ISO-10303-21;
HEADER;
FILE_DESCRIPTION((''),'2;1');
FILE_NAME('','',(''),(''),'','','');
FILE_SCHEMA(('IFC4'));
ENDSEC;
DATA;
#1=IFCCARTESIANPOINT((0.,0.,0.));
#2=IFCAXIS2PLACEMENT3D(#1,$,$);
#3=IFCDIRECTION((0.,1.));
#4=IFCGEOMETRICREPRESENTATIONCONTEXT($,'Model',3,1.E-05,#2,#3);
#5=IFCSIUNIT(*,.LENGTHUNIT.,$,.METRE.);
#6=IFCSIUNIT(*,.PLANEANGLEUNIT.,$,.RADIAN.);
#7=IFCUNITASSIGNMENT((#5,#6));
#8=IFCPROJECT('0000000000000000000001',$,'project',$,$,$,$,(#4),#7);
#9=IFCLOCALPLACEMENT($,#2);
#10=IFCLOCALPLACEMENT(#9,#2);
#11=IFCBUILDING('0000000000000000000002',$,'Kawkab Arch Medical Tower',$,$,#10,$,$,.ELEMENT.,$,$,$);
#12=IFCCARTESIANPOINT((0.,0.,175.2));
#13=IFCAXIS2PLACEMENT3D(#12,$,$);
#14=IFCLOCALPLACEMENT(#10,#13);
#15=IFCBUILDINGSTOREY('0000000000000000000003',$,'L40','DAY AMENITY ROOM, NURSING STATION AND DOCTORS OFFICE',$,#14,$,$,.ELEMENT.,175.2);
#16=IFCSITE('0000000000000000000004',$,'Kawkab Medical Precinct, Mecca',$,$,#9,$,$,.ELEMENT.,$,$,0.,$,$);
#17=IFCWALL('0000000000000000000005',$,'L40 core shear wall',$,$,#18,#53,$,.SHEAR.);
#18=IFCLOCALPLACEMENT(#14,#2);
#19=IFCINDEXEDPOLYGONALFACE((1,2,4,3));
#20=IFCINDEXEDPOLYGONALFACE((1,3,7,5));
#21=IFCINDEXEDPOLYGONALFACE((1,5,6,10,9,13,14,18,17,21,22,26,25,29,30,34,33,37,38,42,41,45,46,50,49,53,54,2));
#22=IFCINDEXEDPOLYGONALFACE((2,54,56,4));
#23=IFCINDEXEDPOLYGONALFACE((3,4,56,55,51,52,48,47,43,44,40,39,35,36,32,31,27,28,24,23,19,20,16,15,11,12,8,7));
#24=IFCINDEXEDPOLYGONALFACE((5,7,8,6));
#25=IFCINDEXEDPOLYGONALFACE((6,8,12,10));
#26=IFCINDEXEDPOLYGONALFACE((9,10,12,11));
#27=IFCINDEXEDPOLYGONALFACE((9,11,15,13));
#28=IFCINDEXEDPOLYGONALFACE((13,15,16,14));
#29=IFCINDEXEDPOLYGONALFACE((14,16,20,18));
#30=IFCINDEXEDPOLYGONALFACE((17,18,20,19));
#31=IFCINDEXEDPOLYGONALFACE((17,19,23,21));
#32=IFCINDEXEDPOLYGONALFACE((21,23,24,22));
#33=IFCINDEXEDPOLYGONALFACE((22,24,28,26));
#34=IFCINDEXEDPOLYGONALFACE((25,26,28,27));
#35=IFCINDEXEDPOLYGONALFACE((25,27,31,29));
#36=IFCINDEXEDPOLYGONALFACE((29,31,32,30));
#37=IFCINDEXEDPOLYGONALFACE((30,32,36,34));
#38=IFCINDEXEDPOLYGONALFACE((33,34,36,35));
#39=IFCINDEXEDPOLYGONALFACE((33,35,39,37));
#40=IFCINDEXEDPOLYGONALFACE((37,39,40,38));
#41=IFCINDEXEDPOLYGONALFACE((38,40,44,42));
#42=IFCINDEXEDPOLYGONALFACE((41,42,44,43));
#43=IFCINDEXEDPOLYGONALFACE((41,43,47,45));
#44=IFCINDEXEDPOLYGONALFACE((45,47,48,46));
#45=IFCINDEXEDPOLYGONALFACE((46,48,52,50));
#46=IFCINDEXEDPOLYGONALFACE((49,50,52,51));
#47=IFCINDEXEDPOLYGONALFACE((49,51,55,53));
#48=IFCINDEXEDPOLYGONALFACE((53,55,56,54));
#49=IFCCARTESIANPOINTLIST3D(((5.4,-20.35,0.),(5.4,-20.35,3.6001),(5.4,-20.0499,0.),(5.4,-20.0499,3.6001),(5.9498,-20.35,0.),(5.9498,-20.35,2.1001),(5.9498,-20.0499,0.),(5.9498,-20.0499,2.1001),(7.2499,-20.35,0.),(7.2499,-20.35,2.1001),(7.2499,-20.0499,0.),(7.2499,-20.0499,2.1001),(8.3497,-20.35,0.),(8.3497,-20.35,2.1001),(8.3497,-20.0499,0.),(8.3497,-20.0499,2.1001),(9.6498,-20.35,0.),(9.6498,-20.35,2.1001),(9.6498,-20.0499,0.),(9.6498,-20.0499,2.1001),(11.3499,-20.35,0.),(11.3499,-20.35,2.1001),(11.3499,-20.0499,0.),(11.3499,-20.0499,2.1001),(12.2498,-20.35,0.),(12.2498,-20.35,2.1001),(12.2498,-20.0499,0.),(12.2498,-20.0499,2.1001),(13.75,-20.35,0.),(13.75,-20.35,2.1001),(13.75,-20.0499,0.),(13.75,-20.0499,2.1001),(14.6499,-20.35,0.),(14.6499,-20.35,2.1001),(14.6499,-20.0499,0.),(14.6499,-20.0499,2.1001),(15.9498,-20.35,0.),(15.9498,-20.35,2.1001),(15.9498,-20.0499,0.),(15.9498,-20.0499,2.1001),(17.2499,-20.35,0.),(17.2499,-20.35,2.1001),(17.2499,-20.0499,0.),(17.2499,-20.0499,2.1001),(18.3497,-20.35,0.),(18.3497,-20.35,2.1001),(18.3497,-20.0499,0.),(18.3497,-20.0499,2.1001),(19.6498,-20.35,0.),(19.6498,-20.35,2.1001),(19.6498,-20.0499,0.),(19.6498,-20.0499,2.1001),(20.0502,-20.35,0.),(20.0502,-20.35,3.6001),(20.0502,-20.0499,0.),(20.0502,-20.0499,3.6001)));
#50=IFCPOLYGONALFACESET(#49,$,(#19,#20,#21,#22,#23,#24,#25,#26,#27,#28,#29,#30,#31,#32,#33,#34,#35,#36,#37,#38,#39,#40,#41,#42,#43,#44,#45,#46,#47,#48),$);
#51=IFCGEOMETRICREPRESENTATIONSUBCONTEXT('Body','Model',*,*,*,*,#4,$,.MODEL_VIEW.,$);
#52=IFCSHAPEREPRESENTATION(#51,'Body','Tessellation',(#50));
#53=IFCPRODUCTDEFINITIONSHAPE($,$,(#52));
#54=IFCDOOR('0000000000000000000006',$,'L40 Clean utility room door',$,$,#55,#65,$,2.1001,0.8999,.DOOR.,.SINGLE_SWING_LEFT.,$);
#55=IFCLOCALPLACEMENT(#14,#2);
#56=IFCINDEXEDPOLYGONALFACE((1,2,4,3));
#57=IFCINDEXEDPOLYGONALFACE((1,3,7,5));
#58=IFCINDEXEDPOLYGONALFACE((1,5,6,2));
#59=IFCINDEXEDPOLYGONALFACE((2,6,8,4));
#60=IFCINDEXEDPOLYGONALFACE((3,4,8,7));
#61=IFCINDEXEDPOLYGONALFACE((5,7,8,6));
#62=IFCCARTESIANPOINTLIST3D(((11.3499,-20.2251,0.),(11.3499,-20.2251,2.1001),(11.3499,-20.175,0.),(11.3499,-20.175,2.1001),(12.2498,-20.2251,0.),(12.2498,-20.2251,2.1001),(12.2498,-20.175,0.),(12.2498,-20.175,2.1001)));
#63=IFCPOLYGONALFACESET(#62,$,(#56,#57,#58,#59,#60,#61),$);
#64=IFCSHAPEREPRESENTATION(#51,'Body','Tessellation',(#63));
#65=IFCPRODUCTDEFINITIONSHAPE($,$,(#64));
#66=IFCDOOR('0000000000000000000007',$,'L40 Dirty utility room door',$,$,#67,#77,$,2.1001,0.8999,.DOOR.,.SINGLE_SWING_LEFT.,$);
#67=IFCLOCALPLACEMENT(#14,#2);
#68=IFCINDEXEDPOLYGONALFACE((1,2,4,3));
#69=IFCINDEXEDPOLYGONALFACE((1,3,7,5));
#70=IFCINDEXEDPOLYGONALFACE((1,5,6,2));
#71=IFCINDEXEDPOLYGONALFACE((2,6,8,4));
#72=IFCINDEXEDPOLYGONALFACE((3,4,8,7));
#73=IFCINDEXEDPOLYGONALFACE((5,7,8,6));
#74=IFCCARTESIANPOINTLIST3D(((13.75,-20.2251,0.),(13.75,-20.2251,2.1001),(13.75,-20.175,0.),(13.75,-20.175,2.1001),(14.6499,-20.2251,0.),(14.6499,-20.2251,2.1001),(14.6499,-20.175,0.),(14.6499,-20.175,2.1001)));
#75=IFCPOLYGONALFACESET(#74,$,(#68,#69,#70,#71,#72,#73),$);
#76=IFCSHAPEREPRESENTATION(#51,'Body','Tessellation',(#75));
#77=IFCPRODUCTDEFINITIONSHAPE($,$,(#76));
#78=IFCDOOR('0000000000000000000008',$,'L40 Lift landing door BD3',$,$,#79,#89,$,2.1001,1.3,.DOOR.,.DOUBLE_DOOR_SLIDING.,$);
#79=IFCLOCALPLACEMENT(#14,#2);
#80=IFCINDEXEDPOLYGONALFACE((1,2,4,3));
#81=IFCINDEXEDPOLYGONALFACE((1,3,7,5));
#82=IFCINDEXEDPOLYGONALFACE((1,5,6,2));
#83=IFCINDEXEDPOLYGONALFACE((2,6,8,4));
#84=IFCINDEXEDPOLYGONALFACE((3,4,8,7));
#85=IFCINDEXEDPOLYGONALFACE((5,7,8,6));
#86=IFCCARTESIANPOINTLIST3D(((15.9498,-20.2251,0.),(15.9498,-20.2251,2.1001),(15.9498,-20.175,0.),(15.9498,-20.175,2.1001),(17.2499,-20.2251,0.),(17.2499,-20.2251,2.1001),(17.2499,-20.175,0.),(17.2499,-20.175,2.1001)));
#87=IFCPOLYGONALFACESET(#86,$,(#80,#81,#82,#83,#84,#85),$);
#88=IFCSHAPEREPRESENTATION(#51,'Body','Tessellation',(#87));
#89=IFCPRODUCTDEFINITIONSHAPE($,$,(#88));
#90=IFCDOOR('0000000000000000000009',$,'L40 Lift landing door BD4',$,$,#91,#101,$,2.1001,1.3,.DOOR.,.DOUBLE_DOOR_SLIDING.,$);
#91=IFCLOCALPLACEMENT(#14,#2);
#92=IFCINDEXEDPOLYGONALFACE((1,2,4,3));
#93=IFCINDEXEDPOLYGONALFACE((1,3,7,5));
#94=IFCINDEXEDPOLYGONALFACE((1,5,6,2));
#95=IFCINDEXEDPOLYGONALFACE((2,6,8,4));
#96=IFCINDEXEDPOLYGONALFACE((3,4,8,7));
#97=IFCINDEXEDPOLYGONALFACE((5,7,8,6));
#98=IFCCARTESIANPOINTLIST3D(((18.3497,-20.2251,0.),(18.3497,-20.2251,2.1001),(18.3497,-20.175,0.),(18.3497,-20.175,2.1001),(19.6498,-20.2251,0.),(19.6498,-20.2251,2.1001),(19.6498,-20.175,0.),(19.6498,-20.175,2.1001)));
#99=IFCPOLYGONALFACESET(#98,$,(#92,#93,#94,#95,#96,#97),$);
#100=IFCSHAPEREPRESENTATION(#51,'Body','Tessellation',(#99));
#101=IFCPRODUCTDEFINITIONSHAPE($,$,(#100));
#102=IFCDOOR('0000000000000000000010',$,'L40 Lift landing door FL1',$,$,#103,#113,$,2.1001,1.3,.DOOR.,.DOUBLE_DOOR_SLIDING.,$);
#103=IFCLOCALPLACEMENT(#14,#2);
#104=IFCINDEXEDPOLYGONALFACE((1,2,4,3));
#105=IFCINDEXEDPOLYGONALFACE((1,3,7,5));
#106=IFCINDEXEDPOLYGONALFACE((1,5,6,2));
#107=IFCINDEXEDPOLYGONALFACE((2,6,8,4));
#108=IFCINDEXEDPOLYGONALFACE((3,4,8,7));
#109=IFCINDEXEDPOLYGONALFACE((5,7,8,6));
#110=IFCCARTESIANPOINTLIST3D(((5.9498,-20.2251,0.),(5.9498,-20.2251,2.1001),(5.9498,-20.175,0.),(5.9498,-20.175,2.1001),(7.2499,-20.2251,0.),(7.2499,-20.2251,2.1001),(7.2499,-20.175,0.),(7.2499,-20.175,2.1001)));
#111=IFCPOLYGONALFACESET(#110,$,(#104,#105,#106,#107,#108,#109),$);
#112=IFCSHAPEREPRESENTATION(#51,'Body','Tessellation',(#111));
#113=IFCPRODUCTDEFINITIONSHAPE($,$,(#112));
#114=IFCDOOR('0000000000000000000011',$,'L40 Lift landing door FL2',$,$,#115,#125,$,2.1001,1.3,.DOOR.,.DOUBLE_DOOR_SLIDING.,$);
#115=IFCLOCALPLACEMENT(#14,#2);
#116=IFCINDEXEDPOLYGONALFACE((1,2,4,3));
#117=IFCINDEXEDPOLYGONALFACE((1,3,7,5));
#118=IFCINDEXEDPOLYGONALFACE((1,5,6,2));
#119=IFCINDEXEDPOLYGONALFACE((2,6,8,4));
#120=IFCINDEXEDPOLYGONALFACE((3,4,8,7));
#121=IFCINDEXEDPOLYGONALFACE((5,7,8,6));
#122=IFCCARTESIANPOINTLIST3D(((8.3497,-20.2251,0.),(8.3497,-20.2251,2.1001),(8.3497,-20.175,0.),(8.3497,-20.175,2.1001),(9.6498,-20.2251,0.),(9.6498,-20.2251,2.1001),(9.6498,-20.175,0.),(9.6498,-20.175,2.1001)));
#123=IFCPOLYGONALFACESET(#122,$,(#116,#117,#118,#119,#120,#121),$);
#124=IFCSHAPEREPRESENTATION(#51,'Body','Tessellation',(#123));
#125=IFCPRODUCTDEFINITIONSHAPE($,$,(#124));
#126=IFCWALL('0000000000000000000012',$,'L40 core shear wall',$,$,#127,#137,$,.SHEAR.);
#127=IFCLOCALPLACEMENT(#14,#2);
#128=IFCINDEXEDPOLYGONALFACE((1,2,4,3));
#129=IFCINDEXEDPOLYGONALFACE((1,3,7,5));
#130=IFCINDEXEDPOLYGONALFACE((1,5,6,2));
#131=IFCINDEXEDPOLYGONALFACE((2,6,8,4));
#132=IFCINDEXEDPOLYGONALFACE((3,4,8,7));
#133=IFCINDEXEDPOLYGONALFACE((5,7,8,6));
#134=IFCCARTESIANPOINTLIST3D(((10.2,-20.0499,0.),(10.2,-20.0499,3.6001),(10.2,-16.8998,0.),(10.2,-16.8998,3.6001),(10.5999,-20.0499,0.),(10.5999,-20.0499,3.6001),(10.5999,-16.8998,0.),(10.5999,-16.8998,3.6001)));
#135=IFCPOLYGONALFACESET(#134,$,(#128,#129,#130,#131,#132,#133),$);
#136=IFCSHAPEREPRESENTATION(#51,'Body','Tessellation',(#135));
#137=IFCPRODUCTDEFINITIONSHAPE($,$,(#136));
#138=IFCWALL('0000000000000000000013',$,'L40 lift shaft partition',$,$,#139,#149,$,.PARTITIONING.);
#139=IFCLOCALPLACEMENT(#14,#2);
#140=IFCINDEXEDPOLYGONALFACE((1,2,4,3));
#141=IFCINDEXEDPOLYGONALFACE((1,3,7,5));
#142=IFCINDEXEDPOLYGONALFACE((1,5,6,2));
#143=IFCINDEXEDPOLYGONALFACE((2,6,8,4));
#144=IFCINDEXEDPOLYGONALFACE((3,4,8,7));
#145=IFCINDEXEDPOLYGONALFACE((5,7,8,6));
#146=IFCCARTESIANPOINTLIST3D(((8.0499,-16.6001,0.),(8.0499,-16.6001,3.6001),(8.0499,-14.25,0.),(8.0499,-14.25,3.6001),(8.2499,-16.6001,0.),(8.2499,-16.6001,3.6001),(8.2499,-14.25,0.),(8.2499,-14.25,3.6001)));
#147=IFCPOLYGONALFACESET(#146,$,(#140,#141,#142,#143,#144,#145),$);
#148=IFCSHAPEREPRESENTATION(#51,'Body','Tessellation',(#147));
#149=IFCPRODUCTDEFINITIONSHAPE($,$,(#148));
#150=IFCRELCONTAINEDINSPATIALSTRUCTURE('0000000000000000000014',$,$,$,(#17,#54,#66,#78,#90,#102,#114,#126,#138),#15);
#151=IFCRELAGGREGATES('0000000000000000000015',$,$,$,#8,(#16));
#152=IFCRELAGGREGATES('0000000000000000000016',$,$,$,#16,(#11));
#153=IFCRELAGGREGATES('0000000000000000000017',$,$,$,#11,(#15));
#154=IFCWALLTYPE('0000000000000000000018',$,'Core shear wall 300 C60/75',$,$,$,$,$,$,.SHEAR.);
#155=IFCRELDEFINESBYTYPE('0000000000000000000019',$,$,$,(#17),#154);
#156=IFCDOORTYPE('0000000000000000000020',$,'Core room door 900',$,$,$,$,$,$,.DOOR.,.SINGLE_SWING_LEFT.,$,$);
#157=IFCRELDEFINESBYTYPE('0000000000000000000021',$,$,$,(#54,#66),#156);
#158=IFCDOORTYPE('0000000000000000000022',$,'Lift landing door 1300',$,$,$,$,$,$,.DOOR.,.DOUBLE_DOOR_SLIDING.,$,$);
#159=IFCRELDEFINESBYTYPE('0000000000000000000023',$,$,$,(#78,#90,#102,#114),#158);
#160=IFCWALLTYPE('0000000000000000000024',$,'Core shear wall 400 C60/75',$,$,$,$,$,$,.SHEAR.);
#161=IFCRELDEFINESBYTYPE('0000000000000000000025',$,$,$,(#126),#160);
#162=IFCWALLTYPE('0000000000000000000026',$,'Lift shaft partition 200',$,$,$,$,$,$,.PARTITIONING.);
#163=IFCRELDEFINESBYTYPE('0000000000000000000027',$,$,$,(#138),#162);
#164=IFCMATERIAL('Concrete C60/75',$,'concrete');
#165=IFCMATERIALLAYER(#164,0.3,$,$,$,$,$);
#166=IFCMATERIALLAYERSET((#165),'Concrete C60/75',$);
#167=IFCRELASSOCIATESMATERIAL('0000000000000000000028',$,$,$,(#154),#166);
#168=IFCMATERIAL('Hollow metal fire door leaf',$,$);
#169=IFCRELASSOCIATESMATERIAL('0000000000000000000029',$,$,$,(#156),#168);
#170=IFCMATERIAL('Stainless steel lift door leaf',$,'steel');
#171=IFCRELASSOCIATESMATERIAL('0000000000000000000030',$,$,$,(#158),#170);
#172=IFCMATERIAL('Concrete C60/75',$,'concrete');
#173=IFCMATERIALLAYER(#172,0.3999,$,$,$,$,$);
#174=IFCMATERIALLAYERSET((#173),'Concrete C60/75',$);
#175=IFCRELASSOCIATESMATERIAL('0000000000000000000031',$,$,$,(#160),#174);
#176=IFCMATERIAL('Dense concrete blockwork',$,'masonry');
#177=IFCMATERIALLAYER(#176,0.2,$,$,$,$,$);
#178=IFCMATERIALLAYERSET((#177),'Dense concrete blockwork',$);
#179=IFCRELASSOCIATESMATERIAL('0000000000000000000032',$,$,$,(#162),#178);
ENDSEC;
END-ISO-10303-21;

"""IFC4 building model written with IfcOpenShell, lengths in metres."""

from ifc_helpers import new_model, si_unit, direction, frame, frame_2d, origin, place, context, subcontext, project, spatial, rectangle, extrude, material, layer, layer_set, type_object, element, fill, save


model = new_model("IFC4")

# Units and contexts
model_context = context("Model", 3, precision=1e-05, world=origin(), true_north=direction((0.0, 1.0)))
body_context = subcontext(model_context, "Body", "Model", "MODEL_VIEW")
ifc_project = project(units=[si_unit("LENGTHUNIT", "METRE"), si_unit("PLANEANGLEUNIT", "RADIAN")], contexts=[model_context])

# Site, building, storey
site_placement = place(None, origin())
site = spatial("IfcSite", under=ifc_project, at=site_placement, Name="Kawkab Medical Precinct, Mecca", CompositionType="ELEMENT", RefElevation=0.0)
building_placement = place(site_placement, origin())
building = spatial("IfcBuilding", under=site, at=building_placement, Name="Kawkab Arch Medical Tower", CompositionType="ELEMENT")
storey_placement = place(building_placement, frame((0.0, 0.0, 175.2)))
storey = spatial("IfcBuildingStorey", under=building, at=storey_placement, Name="L40", Description="DAY AMENITY ROOM, NURSING STATION AND DOCTORS OFFICE", CompositionType="ELEMENT", Elevation=175.2)

# Shared definitions
ifc_material_1 = material(Name="Concrete C60/75", Category="concrete")
ifc_layer_1 = layer(ifc_material_1, 0.3)
ifc_layer_set_1 = layer_set([ifc_layer_1], Name="Concrete C60/75")
wall_type_1 = type_object("IfcWallType", Name="Core shear wall 300 C60/75", PredefinedType="SHEAR", material=ifc_layer_set_1)

# Wall, openings, doors
wall_1_placement = place(storey_placement, frame((5.3999, -20.2, 0.0), z_axis=(0.0, 0.0, 1.0), x_axis=(1.0, 0.0, 0.0)))
wall_1 = element("IfcWall", 1, at=wall_1_placement, inside=storey, type_object=wall_type_1, Name="L40 core shear wall", PredefinedType="SHEAR", context=body_context, shape_type="SweptSolid", body=[
    extrude(rectangle(XDim=14.6501, YDim=0.3, at=frame_2d((7.3252, 0.0))), origin(), (0.0, 0.0, 1.0), 3.6001),
])
opening_1_placement = place(wall_1_placement, frame((10.55, 0.0, 0.0)))
opening_1 = element("IfcOpeningElement", 2, at=opening_1_placement, cuts=wall_1, PredefinedType="OPENING", context=body_context, shape_type="SweptSolid", body=[
    extrude(rectangle(XDim=1.3, YDim=2.1001, at=frame_2d((0.6499, 1.05))), frame((0.0, 0.1599, 0.0), z_axis=(0.0, -1.0, 0.0), x_axis=(1.0, 0.0, 0.0)), (0.0, 0.0, 1.0), 0.3201),
])
opening_2_placement = place(wall_1_placement, frame((12.95, 0.0, 0.0)))
opening_2 = element("IfcOpeningElement", 3, at=opening_2_placement, cuts=wall_1, PredefinedType="OPENING", context=body_context, shape_type="SweptSolid", body=[
    extrude(rectangle(XDim=1.3, YDim=2.1001, at=frame_2d((0.6499, 1.05))), frame((0.0, 0.1599, 0.0), z_axis=(0.0, -1.0, 0.0), x_axis=(1.0, 0.0, 0.0)), (0.0, 0.0, 1.0), 0.3201),
])
opening_3_placement = place(wall_1_placement, frame((0.55, 0.0, 0.0)))
opening_3 = element("IfcOpeningElement", 4, at=opening_3_placement, cuts=wall_1, PredefinedType="OPENING", context=body_context, shape_type="SweptSolid", body=[
    extrude(rectangle(XDim=1.3, YDim=2.1001, at=frame_2d((0.6499, 1.05))), frame((0.0, 0.1599, 0.0), z_axis=(0.0, -1.0, 0.0), x_axis=(1.0, 0.0, 0.0)), (0.0, 0.0, 1.0), 0.3201),
])
opening_4_placement = place(wall_1_placement, frame((2.95, 0.0, 0.0)))
opening_4 = element("IfcOpeningElement", 5, at=opening_4_placement, cuts=wall_1, PredefinedType="OPENING", context=body_context, shape_type="SweptSolid", body=[
    extrude(rectangle(XDim=1.3, YDim=2.1001, at=frame_2d((0.6499, 1.05))), frame((0.0, 0.1599, 0.0), z_axis=(0.0, -1.0, 0.0), x_axis=(1.0, 0.0, 0.0)), (0.0, 0.0, 1.0), 0.3201),
])
opening_5_placement = place(wall_1_placement, frame((5.95, 0.0, 0.0)))
opening_5 = element("IfcOpeningElement", 6, at=opening_5_placement, cuts=wall_1, PredefinedType="OPENING", context=body_context, shape_type="SweptSolid", body=[
    extrude(rectangle(XDim=0.8999, YDim=2.1001, at=frame_2d((0.45, 1.05))), frame((0.0, 0.1599, 0.0), z_axis=(0.0, -1.0, 0.0), x_axis=(1.0, 0.0, 0.0)), (0.0, 0.0, 1.0), 0.3201),
])
opening_6_placement = place(wall_1_placement, frame((8.3501, 0.0, 0.0)))
opening_6 = element("IfcOpeningElement", 7, at=opening_6_placement, cuts=wall_1, PredefinedType="OPENING", context=body_context, shape_type="SweptSolid", body=[
    extrude(rectangle(XDim=0.8999, YDim=2.1001, at=frame_2d((0.45, 1.05))), frame((0.0, 0.1599, 0.0), z_axis=(0.0, -1.0, 0.0), x_axis=(1.0, 0.0, 0.0)), (0.0, 0.0, 1.0), 0.3201),
])
ifc_material_2 = material(Name="Hollow metal fire door leaf")
door_type_1 = type_object("IfcDoorType", Name="Core room door 900", OperationType="SINGLE_SWING_LEFT", PredefinedType="DOOR", material=ifc_material_2)
door_1_placement = place(opening_5_placement, origin())
door_1 = element("IfcDoor", 8, at=door_1_placement, inside=storey, type_object=door_type_1, Name="L40 Clean utility room door", OperationType="SINGLE_SWING_LEFT", OverallHeight=2.1001, OverallWidth=0.8999, PredefinedType="DOOR", context=body_context, shape_type="SweptSolid", body=[
    extrude(rectangle(XDim=0.8999, YDim=2.1001, at=frame_2d((0.45, 1.05))), frame((0.0, 0.0249, 0.0), z_axis=(0.0, -1.0, 0.0), x_axis=(1.0, 0.0, 0.0)), (0.0, 0.0, 1.0), 0.05),
])
fill(opening_5, door_1)
door_2_placement = place(opening_6_placement, origin())
door_2 = element("IfcDoor", 9, at=door_2_placement, inside=storey, type_object=door_type_1, Name="L40 Dirty utility room door", OperationType="SINGLE_SWING_LEFT", OverallHeight=2.1001, OverallWidth=0.8999, PredefinedType="DOOR", context=body_context, shape_type="SweptSolid", body=[
    extrude(rectangle(XDim=0.8999, YDim=2.1001, at=frame_2d((0.45, 1.05))), frame((0.0, 0.0249, 0.0), z_axis=(0.0, -1.0, 0.0), x_axis=(1.0, 0.0, 0.0)), (0.0, 0.0, 1.0), 0.05),
])
fill(opening_6, door_2)
ifc_material_3 = material(Name="Stainless steel lift door leaf", Category="steel")
door_type_2 = type_object("IfcDoorType", Name="Lift landing door 1300", OperationType="DOUBLE_DOOR_SLIDING", PredefinedType="DOOR", material=ifc_material_3)
door_3_placement = place(opening_1_placement, origin())
door_3 = element("IfcDoor", 10, at=door_3_placement, inside=storey, type_object=door_type_2, Name="L40 Lift landing door BD3", OperationType="DOUBLE_DOOR_SLIDING", OverallHeight=2.1001, OverallWidth=1.3, PredefinedType="DOOR", context=body_context, shape_type="SweptSolid", body=[
    extrude(rectangle(XDim=1.3, YDim=2.1001, at=frame_2d((0.6499, 1.05))), frame((0.0, 0.0249, 0.0), z_axis=(0.0, -1.0, 0.0), x_axis=(1.0, 0.0, 0.0)), (0.0, 0.0, 1.0), 0.05),
])
fill(opening_1, door_3)
door_4_placement = place(opening_2_placement, origin())
door_4 = element("IfcDoor", 11, at=door_4_placement, inside=storey, type_object=door_type_2, Name="L40 Lift landing door BD4", OperationType="DOUBLE_DOOR_SLIDING", OverallHeight=2.1001, OverallWidth=1.3, PredefinedType="DOOR", context=body_context, shape_type="SweptSolid", body=[
    extrude(rectangle(XDim=1.3, YDim=2.1001, at=frame_2d((0.6499, 1.05))), frame((0.0, 0.0249, 0.0), z_axis=(0.0, -1.0, 0.0), x_axis=(1.0, 0.0, 0.0)), (0.0, 0.0, 1.0), 0.05),
])
fill(opening_2, door_4)
door_5_placement = place(opening_3_placement, origin())
door_5 = element("IfcDoor", 12, at=door_5_placement, inside=storey, type_object=door_type_2, Name="L40 Lift landing door FL1", OperationType="DOUBLE_DOOR_SLIDING", OverallHeight=2.1001, OverallWidth=1.3, PredefinedType="DOOR", context=body_context, shape_type="SweptSolid", body=[
    extrude(rectangle(XDim=1.3, YDim=2.1001, at=frame_2d((0.6499, 1.05))), frame((0.0, 0.0249, 0.0), z_axis=(0.0, -1.0, 0.0), x_axis=(1.0, 0.0, 0.0)), (0.0, 0.0, 1.0), 0.05),
])
fill(opening_3, door_5)
door_6_placement = place(opening_4_placement, origin())
door_6 = element("IfcDoor", 13, at=door_6_placement, inside=storey, type_object=door_type_2, Name="L40 Lift landing door FL2", OperationType="DOUBLE_DOOR_SLIDING", OverallHeight=2.1001, OverallWidth=1.3, PredefinedType="DOOR", context=body_context, shape_type="SweptSolid", body=[
    extrude(rectangle(XDim=1.3, YDim=2.1001, at=frame_2d((0.6499, 1.05))), frame((0.0, 0.0249, 0.0), z_axis=(0.0, -1.0, 0.0), x_axis=(1.0, 0.0, 0.0)), (0.0, 0.0, 1.0), 0.05),
])
fill(opening_4, door_6)

# Walls
ifc_material_4 = material(Name="Concrete C60/75", Category="concrete")
ifc_layer_2 = layer(ifc_material_4, 0.3999)
ifc_layer_set_2 = layer_set([ifc_layer_2], Name="Concrete C60/75")
wall_type_2 = type_object("IfcWallType", Name="Core shear wall 400 C60/75", PredefinedType="SHEAR", material=ifc_layer_set_2)
wall_2_placement = place(storey_placement, frame((10.3999, -20.05, 0.0), z_axis=(0.0, 0.0, 1.0), x_axis=(0.0, 1.0, 0.0)))
element("IfcWall", 14, at=wall_2_placement, inside=storey, type_object=wall_type_2, Name="L40 core shear wall", PredefinedType="SHEAR", context=body_context, shape_type="SweptSolid", body=[
    extrude(rectangle(XDim=3.1501, YDim=0.3999, at=frame_2d((1.5752, 0.0))), origin(), (0.0, 0.0, 1.0), 3.6001),
])
ifc_material_5 = material(Name="Dense concrete blockwork", Category="masonry")
ifc_layer_3 = layer(ifc_material_5, 0.2)
ifc_layer_set_3 = layer_set([ifc_layer_3], Name="Dense concrete blockwork")
wall_type_3 = type_object("IfcWallType", Name="Lift shaft partition 200", PredefinedType="PARTITIONING", material=ifc_layer_set_3)
wall_3_placement = place(storey_placement, frame((8.1499, -16.6001, 0.0), z_axis=(0.0, 0.0, 1.0), x_axis=(0.0, 1.0, 0.0)))
element("IfcWall", 15, at=wall_3_placement, inside=storey, type_object=wall_type_3, Name="L40 lift shaft partition", PredefinedType="PARTITIONING", context=body_context, shape_type="SweptSolid", body=[
    extrude(rectangle(XDim=2.3501, YDim=0.2, at=frame_2d((1.175, 0.0))), origin(), (0.0, 0.0, 1.0), 3.6001),
])

save(model, "model.ifc")
